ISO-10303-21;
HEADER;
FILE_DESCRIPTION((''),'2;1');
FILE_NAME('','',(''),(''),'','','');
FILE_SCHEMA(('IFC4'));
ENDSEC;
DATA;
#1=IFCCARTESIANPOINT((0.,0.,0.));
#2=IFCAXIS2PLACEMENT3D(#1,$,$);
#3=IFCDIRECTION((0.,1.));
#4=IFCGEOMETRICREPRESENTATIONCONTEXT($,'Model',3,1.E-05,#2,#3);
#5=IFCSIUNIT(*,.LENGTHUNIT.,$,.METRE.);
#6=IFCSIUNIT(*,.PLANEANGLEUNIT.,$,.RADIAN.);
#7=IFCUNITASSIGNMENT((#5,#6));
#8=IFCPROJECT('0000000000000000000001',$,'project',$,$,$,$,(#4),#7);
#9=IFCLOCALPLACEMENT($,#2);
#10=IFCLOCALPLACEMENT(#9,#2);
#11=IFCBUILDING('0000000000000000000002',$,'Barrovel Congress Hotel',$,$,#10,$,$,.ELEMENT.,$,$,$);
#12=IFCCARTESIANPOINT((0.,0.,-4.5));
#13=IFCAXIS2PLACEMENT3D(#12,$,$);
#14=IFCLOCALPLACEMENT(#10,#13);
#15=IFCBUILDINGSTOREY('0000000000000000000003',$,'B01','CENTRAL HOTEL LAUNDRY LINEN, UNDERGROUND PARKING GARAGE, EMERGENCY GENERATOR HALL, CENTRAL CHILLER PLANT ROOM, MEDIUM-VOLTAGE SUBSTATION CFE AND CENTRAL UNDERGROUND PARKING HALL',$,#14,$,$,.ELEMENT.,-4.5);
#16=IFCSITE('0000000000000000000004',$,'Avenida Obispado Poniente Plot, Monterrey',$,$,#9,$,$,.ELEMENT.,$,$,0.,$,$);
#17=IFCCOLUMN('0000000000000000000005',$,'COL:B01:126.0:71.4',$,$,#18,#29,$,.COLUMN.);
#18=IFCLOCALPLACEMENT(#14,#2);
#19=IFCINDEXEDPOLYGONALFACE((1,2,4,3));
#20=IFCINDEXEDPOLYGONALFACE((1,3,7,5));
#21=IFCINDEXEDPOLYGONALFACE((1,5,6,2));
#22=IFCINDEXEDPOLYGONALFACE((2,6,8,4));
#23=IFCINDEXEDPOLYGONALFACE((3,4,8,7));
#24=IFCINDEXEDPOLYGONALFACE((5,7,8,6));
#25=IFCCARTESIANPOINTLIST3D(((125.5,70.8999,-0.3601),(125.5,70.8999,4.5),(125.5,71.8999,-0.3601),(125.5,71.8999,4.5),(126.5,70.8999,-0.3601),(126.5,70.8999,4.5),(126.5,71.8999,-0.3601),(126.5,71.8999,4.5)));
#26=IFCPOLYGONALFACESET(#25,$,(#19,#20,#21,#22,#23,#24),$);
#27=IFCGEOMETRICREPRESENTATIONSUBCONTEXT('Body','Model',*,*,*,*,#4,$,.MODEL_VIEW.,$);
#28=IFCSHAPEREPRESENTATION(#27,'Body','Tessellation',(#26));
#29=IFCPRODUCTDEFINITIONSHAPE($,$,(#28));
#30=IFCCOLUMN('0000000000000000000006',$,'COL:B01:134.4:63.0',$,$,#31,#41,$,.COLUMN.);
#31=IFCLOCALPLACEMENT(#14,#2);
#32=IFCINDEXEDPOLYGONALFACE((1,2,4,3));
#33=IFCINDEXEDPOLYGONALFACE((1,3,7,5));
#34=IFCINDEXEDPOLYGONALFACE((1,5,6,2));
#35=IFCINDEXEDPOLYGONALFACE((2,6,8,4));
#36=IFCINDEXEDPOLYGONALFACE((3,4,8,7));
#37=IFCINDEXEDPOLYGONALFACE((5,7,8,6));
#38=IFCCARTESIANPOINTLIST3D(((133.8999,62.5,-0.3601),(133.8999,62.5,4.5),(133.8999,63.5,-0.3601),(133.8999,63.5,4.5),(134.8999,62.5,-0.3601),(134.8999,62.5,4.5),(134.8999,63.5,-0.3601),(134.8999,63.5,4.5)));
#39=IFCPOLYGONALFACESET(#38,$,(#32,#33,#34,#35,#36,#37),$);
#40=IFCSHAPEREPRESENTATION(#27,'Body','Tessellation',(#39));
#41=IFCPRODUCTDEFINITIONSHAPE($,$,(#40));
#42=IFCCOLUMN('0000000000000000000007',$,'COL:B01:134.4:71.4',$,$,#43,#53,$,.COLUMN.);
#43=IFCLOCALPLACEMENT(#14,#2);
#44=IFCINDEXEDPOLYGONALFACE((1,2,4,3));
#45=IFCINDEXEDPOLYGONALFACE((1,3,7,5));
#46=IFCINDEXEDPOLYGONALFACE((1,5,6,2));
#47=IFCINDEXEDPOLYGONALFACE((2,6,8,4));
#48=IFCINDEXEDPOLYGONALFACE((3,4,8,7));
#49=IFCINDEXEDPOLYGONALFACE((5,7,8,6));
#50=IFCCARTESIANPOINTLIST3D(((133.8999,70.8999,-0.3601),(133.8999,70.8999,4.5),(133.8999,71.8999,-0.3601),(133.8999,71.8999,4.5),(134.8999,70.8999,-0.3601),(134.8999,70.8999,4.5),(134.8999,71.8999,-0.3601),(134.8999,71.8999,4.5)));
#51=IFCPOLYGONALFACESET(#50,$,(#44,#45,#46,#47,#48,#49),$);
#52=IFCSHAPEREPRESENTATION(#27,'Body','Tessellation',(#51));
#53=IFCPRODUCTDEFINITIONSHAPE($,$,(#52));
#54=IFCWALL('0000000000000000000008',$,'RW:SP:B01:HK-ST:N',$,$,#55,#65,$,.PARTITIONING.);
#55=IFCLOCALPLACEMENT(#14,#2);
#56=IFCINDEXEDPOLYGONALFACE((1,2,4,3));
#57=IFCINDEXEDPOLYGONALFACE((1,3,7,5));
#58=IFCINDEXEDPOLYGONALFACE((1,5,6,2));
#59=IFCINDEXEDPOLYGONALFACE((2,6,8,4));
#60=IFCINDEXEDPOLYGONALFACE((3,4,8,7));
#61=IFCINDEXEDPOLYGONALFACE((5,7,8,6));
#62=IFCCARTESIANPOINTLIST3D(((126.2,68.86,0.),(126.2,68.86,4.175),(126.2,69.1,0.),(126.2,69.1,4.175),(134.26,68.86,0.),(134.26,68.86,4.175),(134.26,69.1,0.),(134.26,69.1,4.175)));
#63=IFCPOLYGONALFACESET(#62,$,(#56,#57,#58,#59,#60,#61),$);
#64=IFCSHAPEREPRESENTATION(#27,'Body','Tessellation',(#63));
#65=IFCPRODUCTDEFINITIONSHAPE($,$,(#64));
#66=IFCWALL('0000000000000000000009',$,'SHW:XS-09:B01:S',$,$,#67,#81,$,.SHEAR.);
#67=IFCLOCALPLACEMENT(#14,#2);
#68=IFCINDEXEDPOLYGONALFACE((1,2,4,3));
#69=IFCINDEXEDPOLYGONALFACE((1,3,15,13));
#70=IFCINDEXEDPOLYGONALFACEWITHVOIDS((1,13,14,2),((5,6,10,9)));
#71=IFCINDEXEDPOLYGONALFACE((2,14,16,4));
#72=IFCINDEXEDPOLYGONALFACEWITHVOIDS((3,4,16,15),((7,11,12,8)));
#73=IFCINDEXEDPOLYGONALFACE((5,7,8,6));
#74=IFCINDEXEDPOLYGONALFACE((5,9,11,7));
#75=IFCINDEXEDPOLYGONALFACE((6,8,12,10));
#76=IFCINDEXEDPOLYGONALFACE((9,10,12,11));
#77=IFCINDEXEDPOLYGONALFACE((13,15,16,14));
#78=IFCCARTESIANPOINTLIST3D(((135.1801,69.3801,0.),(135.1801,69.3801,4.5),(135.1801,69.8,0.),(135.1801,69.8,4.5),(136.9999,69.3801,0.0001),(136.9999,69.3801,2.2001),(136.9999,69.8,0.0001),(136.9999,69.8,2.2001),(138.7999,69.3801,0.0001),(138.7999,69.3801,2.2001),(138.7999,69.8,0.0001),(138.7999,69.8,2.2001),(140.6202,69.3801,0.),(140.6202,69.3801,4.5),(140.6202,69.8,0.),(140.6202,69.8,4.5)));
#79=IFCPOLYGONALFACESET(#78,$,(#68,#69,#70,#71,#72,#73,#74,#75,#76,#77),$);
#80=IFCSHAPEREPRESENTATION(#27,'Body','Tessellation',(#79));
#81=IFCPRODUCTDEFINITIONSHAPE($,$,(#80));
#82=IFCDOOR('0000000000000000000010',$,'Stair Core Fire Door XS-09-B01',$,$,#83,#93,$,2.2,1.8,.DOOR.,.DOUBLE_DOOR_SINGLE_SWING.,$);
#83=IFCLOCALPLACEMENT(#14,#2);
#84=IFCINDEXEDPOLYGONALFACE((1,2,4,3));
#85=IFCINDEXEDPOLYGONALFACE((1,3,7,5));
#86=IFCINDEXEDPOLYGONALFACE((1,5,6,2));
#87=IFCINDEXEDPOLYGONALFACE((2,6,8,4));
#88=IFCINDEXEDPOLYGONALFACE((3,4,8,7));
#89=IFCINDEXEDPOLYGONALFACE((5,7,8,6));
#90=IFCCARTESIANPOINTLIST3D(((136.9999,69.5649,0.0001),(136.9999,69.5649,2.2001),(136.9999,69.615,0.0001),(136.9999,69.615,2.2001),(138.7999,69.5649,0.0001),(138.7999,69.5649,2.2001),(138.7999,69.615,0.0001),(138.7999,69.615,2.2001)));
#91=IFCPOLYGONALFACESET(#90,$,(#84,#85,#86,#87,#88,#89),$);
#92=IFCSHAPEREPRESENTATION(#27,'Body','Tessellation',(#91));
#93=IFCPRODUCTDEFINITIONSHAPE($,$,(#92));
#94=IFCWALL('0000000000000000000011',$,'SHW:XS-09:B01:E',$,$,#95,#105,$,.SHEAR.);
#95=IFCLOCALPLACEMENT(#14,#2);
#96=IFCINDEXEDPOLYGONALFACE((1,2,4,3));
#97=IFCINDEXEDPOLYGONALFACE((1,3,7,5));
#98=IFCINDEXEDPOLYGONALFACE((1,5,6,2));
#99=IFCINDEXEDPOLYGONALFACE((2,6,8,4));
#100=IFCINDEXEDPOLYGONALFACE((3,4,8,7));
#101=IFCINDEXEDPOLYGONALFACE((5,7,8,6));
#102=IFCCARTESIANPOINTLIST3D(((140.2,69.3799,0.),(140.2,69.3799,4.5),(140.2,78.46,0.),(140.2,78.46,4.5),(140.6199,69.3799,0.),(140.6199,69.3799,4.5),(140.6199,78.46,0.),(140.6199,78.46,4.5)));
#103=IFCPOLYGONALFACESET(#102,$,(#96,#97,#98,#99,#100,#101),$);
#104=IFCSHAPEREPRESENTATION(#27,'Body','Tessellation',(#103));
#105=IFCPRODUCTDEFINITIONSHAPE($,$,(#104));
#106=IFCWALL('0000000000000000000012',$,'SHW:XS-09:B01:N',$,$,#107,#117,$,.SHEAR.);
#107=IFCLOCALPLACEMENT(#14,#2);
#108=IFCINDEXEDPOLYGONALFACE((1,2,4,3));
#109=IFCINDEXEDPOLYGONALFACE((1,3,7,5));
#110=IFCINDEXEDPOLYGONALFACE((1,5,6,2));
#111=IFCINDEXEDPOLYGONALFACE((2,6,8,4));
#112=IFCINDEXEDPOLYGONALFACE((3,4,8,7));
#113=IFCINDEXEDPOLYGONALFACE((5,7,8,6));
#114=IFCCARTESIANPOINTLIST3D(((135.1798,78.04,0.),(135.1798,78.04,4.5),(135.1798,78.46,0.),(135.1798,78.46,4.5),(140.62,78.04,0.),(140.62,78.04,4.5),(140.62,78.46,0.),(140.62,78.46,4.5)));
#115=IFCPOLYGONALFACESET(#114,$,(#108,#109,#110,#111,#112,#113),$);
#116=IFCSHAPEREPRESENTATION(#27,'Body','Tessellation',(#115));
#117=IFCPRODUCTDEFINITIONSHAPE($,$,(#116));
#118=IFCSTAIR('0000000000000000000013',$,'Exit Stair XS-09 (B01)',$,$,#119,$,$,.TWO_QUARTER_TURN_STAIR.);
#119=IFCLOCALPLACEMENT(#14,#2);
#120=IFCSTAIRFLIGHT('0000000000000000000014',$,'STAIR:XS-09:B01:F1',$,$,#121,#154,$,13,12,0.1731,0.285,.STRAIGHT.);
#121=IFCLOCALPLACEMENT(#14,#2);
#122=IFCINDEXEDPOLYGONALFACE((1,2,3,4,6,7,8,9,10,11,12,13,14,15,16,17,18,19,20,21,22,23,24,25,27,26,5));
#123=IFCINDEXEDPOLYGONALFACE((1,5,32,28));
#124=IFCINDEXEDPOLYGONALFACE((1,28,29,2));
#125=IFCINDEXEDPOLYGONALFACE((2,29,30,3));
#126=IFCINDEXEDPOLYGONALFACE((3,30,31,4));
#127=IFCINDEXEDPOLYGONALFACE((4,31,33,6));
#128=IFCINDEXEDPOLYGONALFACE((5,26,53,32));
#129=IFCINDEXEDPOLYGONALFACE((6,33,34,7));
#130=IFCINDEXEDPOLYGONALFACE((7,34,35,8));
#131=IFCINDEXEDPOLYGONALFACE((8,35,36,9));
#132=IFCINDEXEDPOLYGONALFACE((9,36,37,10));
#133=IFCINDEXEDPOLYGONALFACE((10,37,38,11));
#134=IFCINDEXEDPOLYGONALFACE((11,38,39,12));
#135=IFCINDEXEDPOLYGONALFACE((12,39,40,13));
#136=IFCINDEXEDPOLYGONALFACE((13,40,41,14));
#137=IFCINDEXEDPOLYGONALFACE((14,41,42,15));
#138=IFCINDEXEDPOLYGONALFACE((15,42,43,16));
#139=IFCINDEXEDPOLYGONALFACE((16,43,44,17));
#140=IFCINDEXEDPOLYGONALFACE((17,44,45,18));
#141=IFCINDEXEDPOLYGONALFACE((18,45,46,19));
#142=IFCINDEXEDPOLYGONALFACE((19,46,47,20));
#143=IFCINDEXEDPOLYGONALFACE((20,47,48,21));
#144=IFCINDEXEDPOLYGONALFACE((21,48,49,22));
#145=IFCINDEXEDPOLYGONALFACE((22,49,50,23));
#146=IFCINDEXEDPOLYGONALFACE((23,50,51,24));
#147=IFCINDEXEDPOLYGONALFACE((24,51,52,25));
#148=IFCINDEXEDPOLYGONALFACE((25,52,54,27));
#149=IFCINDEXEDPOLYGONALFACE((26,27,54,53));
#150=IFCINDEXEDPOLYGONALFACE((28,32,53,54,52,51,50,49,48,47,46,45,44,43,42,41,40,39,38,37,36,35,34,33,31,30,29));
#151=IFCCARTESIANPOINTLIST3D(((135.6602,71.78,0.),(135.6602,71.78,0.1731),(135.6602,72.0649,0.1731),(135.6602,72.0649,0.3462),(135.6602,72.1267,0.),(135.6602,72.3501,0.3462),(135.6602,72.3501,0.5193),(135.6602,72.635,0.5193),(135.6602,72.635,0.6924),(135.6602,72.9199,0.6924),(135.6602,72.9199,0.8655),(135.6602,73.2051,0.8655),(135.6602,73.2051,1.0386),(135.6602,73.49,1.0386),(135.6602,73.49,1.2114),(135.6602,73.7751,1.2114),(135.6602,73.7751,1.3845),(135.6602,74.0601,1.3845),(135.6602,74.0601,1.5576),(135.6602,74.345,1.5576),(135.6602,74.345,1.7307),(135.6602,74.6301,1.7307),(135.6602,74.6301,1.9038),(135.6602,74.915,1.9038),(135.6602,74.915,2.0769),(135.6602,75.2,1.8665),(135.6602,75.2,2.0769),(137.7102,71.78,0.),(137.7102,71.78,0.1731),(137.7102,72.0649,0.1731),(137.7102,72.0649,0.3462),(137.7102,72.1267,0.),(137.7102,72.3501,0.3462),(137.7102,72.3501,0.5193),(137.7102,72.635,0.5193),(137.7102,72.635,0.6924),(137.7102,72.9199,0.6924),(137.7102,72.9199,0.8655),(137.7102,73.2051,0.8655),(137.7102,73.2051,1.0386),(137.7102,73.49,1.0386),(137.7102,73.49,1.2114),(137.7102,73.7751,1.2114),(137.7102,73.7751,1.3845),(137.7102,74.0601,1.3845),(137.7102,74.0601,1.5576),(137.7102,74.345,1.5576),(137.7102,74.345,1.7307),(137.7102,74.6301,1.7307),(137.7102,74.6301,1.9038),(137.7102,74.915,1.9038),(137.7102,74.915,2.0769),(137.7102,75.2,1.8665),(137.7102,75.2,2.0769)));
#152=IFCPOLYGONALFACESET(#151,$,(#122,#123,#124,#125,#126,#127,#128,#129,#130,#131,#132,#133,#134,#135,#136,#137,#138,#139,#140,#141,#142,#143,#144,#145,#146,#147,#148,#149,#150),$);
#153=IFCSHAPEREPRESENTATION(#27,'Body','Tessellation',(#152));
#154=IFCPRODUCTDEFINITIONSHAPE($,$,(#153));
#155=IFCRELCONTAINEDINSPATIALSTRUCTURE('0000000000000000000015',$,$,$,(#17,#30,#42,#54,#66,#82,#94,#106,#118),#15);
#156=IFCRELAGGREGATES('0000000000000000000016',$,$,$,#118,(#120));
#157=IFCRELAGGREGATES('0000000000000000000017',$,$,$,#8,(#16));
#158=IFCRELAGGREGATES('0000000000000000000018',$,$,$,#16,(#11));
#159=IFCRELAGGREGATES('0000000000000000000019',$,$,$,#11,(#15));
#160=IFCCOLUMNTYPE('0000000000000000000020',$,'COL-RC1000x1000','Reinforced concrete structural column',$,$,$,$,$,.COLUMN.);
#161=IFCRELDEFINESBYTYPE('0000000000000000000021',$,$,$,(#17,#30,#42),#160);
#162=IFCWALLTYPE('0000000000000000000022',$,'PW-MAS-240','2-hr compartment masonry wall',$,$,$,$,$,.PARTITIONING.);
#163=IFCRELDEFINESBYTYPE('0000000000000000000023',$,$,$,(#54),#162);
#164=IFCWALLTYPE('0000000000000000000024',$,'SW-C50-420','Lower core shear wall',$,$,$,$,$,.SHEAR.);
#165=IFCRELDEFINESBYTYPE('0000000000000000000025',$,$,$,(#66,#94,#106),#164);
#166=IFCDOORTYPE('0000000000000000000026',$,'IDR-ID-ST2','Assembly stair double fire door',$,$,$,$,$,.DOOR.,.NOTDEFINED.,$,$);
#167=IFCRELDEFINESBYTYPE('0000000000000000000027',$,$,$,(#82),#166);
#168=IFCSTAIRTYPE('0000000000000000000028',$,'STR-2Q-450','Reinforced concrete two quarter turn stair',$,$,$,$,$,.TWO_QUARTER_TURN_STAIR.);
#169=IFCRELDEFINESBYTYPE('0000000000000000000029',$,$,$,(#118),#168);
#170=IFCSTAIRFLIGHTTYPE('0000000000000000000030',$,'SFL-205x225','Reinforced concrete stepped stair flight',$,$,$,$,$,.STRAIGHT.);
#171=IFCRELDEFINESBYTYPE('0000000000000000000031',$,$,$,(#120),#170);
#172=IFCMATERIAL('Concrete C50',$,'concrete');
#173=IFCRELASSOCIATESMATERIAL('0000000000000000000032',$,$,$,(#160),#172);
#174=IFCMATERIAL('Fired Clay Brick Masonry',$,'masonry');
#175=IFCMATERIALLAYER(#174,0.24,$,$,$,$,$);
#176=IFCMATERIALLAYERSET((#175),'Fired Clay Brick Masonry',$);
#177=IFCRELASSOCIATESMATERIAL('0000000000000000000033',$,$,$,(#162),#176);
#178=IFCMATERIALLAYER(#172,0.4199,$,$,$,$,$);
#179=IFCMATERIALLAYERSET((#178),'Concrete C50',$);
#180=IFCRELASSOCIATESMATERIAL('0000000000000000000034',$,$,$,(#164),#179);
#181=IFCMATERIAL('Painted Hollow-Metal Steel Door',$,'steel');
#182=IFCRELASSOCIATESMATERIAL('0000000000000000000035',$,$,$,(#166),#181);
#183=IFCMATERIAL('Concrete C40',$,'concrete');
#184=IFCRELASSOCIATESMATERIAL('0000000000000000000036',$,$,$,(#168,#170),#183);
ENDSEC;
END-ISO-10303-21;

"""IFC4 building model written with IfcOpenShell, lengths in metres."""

from ifc_helpers import new_model, si_unit, direction, frame, frame_2d, origin, origin_2d, place, context, subcontext, project, spatial, polyline, rectangle, outline, extrude, material, layer, layer_set, material_profile, profile_set, type_object, element, fill, aggregate, save


model = new_model("IFC4")

# Units and contexts
model_context = context("Model", 3, precision=1e-05, world=origin(), true_north=direction((0.0, 1.0)))
body_context = subcontext(model_context, "Body", "Model", "MODEL_VIEW")
ifc_project = project(units=[si_unit("LENGTHUNIT", "METRE"), si_unit("PLANEANGLEUNIT", "RADIAN")], contexts=[model_context])

# Site, building, storey
site_placement = place(None, origin())
site = spatial("IfcSite", under=ifc_project, at=site_placement, Name="Avenida Obispado Poniente Plot, Monterrey", CompositionType="ELEMENT", RefElevation=0.0)
building_placement = place(site_placement, origin())
building = spatial("IfcBuilding", under=site, at=building_placement, Name="Barrovel Congress Hotel", CompositionType="ELEMENT")
storey_placement = place(building_placement, frame((0.0, 0.0, -4.5)))
storey = spatial("IfcBuildingStorey", under=building, at=storey_placement, Name="B01", Description="CENTRAL HOTEL LAUNDRY LINEN, UNDERGROUND PARKING GARAGE, EMERGENCY GENERATOR HALL, CENTRAL CHILLER PLANT ROOM, MEDIUM-VOLTAGE SUBSTATION CFE AND CENTRAL UNDERGROUND PARKING HALL", CompositionType="ELEMENT", Elevation=-4.5)

# Shared definitions
ifc_material_1 = material(Name="Concrete C40", Category="concrete")

# Columns
ifc_material_2 = material(Name="Concrete C50", Category="concrete")
ifc_material_profile_1 = material_profile(ifc_material_2, rectangle(XDim=1.0, YDim=1.0, at=origin_2d()), Name="RC1000x1000")
ifc_profile_set_1 = profile_set([ifc_material_profile_1], Name="Concrete C50")
column_type = type_object("IfcColumnType", Name="COL-RC1000x1000", Description="Reinforced concrete structural column", PredefinedType="COLUMN", material=ifc_profile_set_1)
for number, where, z_axis, x_axis, name in (
    (1, (126.0, 71.3999, -0.3601), (0.0, 0.0, 1.0), (1.0, 0.0, 0.0), "COL:B01:126.0:71.4"),
    (2, (134.3999, 63.0, -0.3601), (0.0, 0.0, 1.0), (1.0, 0.0, 0.0), "COL:B01:134.4:63.0"),
    (3, (134.3999, 71.3999, -0.3601), (0.0, 0.0, 1.0), (1.0, 0.0, 0.0), "COL:B01:134.4:71.4"),
):
    element("IfcColumn", number, at=place(storey_placement, frame(where, z_axis=z_axis, x_axis=x_axis)), inside=storey, type_object=column_type, Name=name, PredefinedType="COLUMN", context=body_context, shape_type="SweptSolid", body=[
        extrude(rectangle(XDim=1.0, YDim=1.0, at=origin_2d()), origin(), (0.0, 0.0, 1.0), 4.8601),
    ])

# Wall
ifc_material_3 = material(Name="Fired Clay Brick Masonry", Category="masonry")
ifc_layer_1 = layer(ifc_material_3, 0.24)
ifc_layer_set_1 = layer_set([ifc_layer_1], Name="Fired Clay Brick Masonry")
wall_type_1 = type_object("IfcWallType", Name="PW-MAS-240", Description="2-hr compartment masonry wall", PredefinedType="PARTITIONING", material=ifc_layer_set_1)
wall_1_placement = place(storey_placement, frame((126.2, 68.98, 0.0), z_axis=(0.0, 0.0, 1.0), x_axis=(1.0, 0.0, 0.0)))
element("IfcWall", 4, at=wall_1_placement, inside=storey, type_object=wall_type_1, Name="RW:SP:B01:HK-ST:N", PredefinedType="PARTITIONING", context=body_context, shape_type="SweptSolid", body=[
    extrude(rectangle(XDim=8.0601, YDim=0.24, at=frame_2d((4.03, 0.0))), origin(), (0.0, 0.0, 1.0), 4.175),
])

# Wall, opening, door
ifc_layer_2 = layer(ifc_material_2, 0.4199)
ifc_layer_set_2 = layer_set([ifc_layer_2], Name="Concrete C50")
wall_type_2 = type_object("IfcWallType", Name="SW-C50-420", Description="Lower core shear wall", PredefinedType="SHEAR", material=ifc_layer_set_2)
wall_2_placement = place(storey_placement, frame((135.1799, 69.5901, 0.0), z_axis=(0.0, 0.0, 1.0), x_axis=(1.0, 0.0, 0.0)))
wall_2 = element("IfcWall", 5, at=wall_2_placement, inside=storey, type_object=wall_type_2, Name="SHW:XS-09:B01:S", PredefinedType="SHEAR", context=body_context, shape_type="SweptSolid", body=[
    extrude(rectangle(XDim=5.4402, YDim=0.4199, at=frame_2d((2.7202, 0.0))), origin(), (0.0, 0.0, 1.0), 4.5),
])
opening_placement = place(wall_2_placement, frame((1.8201, 0.0, 0.0)))
opening = element("IfcOpeningElement", 6, at=opening_placement, cuts=wall_2, PredefinedType="OPENING", context=body_context, shape_type="SweptSolid", body=[
    extrude(rectangle(XDim=1.8, YDim=2.2, at=frame_2d((0.8999, 1.1001))), frame((0.0, 0.22, 0.0), z_axis=(0.0, -1.0, 0.0), x_axis=(1.0, 0.0, 0.0)), (0.0, 0.0, 1.0), 0.4399),
])
ifc_material_4 = material(Name="Painted Hollow-Metal Steel Door", Category="steel")
door_type = type_object("IfcDoorType", Name="IDR-ID-ST2", Description="Assembly stair double fire door", OperationType="NOTDEFINED", PredefinedType="DOOR", material=ifc_material_4)
door_placement = place(opening_placement, origin())
door = element("IfcDoor", 7, at=door_placement, inside=storey, type_object=door_type, Name="Stair Core Fire Door XS-09-B01", OperationType="DOUBLE_DOOR_SINGLE_SWING", OverallHeight=2.2, OverallWidth=1.8, PredefinedType="DOOR", context=body_context, shape_type="SweptSolid", body=[
    extrude(rectangle(XDim=1.8, YDim=2.2, at=frame_2d((0.8999, 1.1001))), frame((0.0, 0.0249, 0.0), z_axis=(0.0, -1.0, 0.0), x_axis=(1.0, 0.0, 0.0)), (0.0, 0.0, 1.0), 0.05),
])
fill(opening, door)

# Walls
wall_3_placement = place(storey_placement, frame((140.4099, 69.3799, 0.0), z_axis=(0.0, 0.0, 1.0), x_axis=(0.0, 1.0, 0.0)))
element("IfcWall", 8, at=wall_3_placement, inside=storey, type_object=wall_type_2, Name="SHW:XS-09:B01:E", PredefinedType="SHEAR", context=body_context, shape_type="SweptSolid", body=[
    extrude(rectangle(XDim=9.0801, YDim=0.4199, at=frame_2d((4.54, 0.0))), origin(), (0.0, 0.0, 1.0), 4.5),
])
wall_4_placement = place(storey_placement, frame((140.6201, 78.25, 0.0), z_axis=(0.0, 0.0, 1.0), x_axis=(-1.0, 0.0, 0.0)))
element("IfcWall", 9, at=wall_4_placement, inside=storey, type_object=wall_type_2, Name="SHW:XS-09:B01:N", PredefinedType="SHEAR", context=body_context, shape_type="SweptSolid", body=[
    extrude(rectangle(XDim=5.4402, YDim=0.4199, at=frame_2d((2.7202, 0.0))), origin(), (0.0, 0.0, 1.0), 4.5),
])

# Stair, stair flight
stair_type = type_object("IfcStairType", Name="STR-2Q-450", Description="Reinforced concrete two quarter turn stair", PredefinedType="TWO_QUARTER_TURN_STAIR", material=ifc_material_1)
stair_placement = place(storey_placement, origin())
stair = element("IfcStair", 10, at=stair_placement, inside=storey, type_object=stair_type, Name="Exit Stair XS-09 (B01)", PredefinedType="TWO_QUARTER_TURN_STAIR")
stair_flight_type = type_object("IfcStairFlightType", Name="SFL-205x225", Description="Reinforced concrete stepped stair flight", PredefinedType="STRAIGHT", material=ifc_material_1)
stair_flight_1_placement = place(storey_placement, frame((136.6851, 71.78, 0.0), z_axis=(0.0, 0.0, 1.0), x_axis=(0.0, 1.0, 0.0)))
stair_flight_1 = element("IfcStairFlight", 11, at=stair_flight_1_placement, type_object=stair_flight_type, Name="STAIR:XS-09:B01:F1", NumberOfRisers=13, NumberOfTreads=12, PredefinedType="STRAIGHT", RiserHeight=0.1731, TreadLength=0.285, context=body_context, shape_type="SweptSolid", body=[
    extrude(outline(polyline([(0.0, 0.0), (0.0, 0.1731), (0.2849, 0.1731), (0.2849, 0.3462), (0.5701, 0.3462), (0.5701, 0.5193), (0.855, 0.5193), (0.855, 0.6924), (1.1399, 0.6924), (1.1399, 0.8655), (1.425, 0.8655), (1.425, 1.0386), (1.71, 1.0386), (1.71, 1.2114), (1.9951, 1.2114), (1.9951, 1.3845), (2.28, 1.3845), (2.28, 1.5576), (2.5649, 1.5576), (2.5649, 1.7307), (2.8501, 1.7307), (2.8501, 1.9038), (3.135, 1.9038), (3.135, 2.0769), (3.4199, 2.0769), (3.4199, 2.25), (3.4199, 1.8665), (0.3467, 0.0), (0.0, 0.0)])), frame((0.0, 1.0249, 0.0), z_axis=(0.0, -1.0, 0.0), x_axis=(1.0, 0.0, 0.0)), (0.0, 0.0, 1.0), 2.05),
])
aggregate(stair, [stair_flight_1])

save(model, "model.ifc")
